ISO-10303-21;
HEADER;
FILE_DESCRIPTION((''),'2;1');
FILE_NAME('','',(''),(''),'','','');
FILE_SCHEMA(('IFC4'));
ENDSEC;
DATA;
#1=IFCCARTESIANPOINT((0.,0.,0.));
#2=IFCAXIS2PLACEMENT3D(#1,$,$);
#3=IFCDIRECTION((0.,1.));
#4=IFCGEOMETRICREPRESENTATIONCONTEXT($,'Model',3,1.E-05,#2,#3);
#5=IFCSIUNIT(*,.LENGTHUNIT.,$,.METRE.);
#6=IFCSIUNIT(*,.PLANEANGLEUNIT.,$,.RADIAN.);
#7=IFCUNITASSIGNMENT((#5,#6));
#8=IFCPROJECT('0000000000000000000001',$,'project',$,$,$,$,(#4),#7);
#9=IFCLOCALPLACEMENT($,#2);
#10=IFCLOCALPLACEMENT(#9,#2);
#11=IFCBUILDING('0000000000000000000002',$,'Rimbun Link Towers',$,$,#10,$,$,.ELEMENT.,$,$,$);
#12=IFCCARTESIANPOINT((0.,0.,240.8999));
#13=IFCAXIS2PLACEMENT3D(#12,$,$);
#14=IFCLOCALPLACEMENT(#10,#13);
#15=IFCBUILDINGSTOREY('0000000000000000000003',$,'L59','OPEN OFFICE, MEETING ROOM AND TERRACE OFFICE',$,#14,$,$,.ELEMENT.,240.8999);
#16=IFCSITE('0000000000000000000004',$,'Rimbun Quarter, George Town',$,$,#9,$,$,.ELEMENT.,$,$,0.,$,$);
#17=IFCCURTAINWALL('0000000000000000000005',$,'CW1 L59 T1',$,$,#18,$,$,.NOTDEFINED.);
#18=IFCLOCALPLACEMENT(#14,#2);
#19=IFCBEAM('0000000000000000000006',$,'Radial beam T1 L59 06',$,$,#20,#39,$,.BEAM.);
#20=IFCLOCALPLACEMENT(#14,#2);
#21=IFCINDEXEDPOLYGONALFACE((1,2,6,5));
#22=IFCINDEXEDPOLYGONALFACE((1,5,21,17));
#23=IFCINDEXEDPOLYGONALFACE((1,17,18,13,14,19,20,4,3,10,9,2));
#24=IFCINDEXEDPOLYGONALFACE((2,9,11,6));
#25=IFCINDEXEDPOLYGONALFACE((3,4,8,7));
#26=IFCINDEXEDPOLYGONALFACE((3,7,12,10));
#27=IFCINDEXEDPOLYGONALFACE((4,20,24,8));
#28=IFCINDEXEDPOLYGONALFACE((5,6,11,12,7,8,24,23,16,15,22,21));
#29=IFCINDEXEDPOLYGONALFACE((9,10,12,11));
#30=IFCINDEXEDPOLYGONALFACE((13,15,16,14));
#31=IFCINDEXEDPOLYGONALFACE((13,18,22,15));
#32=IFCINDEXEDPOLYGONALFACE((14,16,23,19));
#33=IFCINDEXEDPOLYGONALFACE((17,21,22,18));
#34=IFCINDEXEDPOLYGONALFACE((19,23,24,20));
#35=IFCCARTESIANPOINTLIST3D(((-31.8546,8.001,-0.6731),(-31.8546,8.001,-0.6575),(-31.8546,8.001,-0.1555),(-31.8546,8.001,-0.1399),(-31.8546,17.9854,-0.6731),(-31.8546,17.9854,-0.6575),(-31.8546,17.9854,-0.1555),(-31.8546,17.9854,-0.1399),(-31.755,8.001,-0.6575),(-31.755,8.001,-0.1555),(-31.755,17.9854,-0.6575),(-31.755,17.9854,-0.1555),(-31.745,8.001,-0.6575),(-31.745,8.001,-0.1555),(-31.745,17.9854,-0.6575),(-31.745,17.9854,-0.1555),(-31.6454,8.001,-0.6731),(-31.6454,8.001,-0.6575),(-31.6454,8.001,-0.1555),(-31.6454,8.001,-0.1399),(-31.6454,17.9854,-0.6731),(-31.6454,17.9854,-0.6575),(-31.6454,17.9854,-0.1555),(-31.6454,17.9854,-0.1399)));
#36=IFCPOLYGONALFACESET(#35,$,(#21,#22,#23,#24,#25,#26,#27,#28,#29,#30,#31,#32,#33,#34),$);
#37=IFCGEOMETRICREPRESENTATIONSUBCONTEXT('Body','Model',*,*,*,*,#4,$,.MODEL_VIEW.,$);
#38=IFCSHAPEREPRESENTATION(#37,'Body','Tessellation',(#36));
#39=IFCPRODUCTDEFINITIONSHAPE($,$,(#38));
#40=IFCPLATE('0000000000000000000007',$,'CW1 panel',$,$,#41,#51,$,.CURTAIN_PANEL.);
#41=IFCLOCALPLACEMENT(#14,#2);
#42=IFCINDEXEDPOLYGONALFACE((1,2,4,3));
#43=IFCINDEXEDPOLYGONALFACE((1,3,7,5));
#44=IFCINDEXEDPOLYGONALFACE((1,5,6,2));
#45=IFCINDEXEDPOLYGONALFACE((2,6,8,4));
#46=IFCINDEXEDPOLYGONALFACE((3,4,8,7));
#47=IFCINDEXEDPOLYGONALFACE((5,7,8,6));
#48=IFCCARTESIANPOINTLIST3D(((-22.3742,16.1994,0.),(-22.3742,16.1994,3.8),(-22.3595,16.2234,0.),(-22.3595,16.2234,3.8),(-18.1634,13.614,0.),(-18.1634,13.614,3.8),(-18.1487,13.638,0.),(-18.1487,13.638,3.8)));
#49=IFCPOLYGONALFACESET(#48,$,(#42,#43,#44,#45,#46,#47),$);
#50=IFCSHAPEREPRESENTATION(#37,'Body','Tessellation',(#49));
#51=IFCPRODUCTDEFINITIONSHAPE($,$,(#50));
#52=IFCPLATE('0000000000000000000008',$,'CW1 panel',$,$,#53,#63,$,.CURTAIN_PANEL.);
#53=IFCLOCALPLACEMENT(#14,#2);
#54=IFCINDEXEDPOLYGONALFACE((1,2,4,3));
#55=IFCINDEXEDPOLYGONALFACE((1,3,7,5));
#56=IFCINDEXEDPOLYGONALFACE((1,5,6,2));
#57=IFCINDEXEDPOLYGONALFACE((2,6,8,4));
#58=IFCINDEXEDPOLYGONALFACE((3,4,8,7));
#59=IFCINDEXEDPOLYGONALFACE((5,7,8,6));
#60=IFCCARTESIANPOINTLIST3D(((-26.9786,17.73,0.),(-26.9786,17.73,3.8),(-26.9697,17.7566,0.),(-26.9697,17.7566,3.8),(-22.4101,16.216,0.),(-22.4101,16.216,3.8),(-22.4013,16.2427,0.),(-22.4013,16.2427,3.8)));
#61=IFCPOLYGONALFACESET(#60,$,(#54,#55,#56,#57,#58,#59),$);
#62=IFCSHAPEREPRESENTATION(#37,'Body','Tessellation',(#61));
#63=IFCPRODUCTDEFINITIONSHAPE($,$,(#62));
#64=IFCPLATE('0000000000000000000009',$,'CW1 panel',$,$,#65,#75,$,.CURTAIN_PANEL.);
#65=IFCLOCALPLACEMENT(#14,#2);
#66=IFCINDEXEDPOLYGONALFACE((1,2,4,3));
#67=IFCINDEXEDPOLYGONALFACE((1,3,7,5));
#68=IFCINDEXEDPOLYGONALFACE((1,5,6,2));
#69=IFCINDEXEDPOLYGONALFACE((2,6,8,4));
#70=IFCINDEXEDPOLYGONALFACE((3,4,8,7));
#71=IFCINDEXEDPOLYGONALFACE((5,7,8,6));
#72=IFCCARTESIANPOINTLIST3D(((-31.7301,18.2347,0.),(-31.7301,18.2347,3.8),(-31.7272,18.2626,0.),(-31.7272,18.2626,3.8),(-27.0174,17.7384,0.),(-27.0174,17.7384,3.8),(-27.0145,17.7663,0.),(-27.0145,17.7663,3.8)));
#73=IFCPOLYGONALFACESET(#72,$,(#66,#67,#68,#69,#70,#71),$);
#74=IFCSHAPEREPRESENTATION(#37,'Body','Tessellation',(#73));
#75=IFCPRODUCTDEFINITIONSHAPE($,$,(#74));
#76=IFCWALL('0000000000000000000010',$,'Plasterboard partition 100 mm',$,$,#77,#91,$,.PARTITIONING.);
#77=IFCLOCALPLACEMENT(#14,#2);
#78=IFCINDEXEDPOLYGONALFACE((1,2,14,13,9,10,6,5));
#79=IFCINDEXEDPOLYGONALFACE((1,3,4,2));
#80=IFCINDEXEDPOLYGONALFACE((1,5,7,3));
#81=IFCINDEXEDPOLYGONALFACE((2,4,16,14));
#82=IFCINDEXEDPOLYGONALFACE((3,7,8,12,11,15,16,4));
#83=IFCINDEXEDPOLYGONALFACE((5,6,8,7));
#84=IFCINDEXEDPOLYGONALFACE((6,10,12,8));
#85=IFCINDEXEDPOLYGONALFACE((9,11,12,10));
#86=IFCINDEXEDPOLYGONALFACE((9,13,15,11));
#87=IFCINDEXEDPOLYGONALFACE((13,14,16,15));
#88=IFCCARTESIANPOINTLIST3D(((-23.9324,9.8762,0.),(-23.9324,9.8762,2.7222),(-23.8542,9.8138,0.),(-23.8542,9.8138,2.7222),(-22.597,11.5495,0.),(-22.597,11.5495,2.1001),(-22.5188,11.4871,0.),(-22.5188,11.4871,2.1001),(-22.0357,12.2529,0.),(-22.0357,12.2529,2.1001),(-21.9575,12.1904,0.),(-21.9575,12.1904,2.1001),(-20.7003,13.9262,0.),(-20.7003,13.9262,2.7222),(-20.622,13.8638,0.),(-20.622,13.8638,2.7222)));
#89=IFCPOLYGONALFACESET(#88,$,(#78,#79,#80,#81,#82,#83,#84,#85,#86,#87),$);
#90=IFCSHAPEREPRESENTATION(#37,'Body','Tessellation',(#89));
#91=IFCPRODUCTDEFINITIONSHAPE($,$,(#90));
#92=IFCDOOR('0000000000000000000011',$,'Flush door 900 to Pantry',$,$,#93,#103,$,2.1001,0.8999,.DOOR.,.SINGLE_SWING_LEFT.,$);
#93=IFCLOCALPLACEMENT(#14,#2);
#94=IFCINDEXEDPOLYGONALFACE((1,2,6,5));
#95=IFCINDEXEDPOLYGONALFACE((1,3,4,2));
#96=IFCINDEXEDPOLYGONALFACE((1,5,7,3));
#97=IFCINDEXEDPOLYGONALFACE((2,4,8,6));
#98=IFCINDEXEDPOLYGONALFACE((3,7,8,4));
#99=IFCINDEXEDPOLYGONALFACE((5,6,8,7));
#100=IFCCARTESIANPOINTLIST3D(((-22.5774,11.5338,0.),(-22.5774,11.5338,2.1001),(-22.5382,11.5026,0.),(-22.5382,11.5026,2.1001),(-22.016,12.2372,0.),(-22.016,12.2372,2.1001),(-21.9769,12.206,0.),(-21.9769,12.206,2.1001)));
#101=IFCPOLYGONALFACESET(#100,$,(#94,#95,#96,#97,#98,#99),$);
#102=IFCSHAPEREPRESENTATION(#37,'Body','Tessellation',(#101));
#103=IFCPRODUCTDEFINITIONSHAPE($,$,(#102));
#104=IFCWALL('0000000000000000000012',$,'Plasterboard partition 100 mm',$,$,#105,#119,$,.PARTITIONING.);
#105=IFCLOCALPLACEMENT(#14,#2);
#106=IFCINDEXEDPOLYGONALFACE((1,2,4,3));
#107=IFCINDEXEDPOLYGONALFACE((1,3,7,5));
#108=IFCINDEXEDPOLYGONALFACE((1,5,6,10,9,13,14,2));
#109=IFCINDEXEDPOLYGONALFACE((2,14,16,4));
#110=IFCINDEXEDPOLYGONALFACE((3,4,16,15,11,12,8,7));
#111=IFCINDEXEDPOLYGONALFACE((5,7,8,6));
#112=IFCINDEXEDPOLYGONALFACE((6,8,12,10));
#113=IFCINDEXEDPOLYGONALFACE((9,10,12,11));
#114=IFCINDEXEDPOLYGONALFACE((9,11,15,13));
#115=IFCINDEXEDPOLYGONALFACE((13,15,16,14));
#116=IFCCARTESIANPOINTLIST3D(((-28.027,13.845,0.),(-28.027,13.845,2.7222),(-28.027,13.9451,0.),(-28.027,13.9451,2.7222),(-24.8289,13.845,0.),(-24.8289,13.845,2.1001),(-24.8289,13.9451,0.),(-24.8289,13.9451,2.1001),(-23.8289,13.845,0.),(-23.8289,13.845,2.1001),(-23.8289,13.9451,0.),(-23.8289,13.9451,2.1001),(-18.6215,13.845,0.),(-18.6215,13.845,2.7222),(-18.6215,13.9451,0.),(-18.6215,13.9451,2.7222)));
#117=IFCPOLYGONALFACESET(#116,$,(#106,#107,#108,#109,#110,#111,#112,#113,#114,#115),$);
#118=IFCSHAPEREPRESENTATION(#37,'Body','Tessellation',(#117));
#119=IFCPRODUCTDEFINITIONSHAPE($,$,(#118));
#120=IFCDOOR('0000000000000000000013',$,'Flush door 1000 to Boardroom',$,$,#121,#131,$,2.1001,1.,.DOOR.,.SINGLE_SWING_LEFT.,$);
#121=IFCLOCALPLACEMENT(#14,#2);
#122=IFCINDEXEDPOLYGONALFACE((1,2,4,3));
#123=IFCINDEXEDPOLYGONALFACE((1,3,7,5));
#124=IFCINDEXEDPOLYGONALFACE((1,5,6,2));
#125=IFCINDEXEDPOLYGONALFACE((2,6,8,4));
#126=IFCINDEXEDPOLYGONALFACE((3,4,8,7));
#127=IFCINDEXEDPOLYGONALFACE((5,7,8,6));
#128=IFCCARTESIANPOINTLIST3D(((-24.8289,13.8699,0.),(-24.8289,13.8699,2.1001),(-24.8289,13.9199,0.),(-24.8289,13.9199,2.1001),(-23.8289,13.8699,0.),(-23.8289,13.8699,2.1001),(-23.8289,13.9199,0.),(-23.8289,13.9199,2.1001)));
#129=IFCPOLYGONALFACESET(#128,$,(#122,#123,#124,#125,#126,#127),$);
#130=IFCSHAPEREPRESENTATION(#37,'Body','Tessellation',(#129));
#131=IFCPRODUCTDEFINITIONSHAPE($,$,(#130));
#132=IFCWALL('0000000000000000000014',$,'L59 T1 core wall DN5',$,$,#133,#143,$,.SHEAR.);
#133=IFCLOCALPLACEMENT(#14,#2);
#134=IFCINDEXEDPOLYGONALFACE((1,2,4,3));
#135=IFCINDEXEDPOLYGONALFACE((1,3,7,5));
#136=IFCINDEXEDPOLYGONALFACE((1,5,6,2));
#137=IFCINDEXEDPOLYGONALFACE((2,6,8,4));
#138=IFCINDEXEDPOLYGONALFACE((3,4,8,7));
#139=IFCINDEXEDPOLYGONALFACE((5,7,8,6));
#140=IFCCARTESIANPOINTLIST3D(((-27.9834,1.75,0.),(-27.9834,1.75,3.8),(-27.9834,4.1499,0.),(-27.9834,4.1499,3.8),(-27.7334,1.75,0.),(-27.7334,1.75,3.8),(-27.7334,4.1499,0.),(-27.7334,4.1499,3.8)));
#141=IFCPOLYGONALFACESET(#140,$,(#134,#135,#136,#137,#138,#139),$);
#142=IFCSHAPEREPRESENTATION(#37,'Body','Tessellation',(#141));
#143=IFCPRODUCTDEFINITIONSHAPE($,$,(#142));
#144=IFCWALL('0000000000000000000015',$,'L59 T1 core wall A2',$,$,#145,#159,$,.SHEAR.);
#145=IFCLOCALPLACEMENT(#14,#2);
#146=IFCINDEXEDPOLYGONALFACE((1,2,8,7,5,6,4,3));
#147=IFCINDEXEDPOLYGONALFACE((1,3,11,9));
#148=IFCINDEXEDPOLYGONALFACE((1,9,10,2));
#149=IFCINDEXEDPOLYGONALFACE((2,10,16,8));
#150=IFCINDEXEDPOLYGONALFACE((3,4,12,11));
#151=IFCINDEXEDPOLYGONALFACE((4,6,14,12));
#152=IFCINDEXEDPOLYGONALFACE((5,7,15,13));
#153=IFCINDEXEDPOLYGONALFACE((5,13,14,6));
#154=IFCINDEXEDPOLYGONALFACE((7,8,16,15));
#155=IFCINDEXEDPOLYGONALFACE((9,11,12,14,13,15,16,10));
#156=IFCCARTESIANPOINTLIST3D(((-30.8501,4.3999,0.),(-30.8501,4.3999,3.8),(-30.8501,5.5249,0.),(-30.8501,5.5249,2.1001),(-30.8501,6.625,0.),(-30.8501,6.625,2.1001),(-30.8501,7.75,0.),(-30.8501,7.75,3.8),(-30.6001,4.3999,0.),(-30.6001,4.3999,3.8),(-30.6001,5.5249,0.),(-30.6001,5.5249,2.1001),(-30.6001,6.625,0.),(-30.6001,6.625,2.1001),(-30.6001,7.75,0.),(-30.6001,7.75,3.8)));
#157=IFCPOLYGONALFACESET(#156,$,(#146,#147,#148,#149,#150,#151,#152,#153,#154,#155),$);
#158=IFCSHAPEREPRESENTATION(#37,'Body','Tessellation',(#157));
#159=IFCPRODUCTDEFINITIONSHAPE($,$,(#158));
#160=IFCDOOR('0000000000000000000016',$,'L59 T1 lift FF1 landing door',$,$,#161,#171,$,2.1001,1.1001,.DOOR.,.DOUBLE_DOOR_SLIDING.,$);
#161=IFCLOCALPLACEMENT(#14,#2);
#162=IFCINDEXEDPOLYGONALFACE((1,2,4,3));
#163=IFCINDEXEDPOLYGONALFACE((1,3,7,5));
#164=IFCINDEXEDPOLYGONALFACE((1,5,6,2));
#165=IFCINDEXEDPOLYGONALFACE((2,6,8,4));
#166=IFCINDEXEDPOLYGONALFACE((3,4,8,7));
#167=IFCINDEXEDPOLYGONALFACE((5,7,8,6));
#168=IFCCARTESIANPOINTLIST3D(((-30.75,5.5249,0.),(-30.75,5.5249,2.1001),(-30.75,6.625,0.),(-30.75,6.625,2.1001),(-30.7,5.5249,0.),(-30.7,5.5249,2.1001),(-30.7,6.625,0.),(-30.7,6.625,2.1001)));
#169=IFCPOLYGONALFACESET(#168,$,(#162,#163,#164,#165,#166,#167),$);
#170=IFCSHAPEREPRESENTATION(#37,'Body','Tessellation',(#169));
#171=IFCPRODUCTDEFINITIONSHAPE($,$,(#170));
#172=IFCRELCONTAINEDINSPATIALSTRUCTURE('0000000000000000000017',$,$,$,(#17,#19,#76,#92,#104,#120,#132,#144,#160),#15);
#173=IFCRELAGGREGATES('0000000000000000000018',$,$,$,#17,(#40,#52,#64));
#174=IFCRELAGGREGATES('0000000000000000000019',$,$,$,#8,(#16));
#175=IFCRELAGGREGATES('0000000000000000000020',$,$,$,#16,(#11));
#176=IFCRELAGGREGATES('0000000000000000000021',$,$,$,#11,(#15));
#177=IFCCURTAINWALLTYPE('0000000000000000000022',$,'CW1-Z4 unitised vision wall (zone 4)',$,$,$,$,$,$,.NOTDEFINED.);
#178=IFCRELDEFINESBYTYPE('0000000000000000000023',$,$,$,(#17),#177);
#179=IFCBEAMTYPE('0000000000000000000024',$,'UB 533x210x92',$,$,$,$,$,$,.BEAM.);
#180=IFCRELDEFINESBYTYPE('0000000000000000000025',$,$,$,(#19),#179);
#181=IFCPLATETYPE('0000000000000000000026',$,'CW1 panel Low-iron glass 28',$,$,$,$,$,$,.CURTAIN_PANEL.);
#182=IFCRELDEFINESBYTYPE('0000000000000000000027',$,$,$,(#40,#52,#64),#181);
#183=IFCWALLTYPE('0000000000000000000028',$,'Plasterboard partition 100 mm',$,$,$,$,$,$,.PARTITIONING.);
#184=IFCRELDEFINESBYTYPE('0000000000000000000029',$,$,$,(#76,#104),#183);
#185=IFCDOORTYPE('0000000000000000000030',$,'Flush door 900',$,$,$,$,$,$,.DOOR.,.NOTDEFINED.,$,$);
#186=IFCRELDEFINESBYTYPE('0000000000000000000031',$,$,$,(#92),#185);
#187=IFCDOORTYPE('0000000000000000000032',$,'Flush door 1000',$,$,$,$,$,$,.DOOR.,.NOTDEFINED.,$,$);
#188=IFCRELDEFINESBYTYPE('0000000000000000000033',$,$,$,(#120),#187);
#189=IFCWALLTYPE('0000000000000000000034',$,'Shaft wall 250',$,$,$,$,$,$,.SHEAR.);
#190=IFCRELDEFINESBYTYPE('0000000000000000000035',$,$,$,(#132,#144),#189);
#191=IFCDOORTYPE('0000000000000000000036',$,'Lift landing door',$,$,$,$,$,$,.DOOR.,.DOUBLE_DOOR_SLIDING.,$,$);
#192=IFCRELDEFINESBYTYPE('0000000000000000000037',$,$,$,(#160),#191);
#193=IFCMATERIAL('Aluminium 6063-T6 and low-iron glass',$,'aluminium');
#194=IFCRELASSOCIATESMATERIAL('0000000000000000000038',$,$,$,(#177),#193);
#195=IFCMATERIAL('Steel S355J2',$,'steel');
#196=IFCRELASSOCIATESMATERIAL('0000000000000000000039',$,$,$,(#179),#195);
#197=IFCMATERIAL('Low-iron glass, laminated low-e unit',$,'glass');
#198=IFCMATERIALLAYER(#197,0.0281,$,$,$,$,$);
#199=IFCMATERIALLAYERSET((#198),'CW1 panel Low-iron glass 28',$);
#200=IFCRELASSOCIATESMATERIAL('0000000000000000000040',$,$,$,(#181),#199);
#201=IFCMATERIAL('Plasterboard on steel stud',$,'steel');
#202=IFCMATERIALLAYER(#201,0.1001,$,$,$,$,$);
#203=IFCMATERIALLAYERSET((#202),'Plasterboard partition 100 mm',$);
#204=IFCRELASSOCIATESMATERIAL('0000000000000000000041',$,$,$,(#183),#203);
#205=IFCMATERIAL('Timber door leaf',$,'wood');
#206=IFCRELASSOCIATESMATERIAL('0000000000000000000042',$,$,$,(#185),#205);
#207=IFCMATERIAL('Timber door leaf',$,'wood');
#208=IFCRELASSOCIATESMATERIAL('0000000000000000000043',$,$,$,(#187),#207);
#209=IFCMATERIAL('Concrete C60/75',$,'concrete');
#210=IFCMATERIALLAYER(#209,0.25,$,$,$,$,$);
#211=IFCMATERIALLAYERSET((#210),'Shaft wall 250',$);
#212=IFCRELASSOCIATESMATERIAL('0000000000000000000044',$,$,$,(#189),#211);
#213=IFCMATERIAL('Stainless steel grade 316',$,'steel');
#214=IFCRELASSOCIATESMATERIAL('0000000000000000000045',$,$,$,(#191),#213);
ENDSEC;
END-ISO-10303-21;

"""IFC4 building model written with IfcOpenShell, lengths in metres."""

from ifc_helpers import new_model, si_unit, direction, frame, frame_2d, origin, origin_2d, place, context, subcontext, project, spatial, rectangle, i_section, extrude, material, layer, layer_set, material_profile, profile_set, type_object, element, fill, aggregate, save


model = new_model("IFC4")

# Units and contexts
model_context = context("Model", 3, precision=1e-05, world=origin(), true_north=direction((0.0, 1.0)))
body_context = subcontext(model_context, "Body", "Model", "MODEL_VIEW")
ifc_project = project(units=[si_unit("LENGTHUNIT", "METRE"), si_unit("PLANEANGLEUNIT", "RADIAN")], contexts=[model_context])

# Site, building, storey
site_placement = place(None, origin())
site = spatial("IfcSite", under=ifc_project, at=site_placement, Name="Rimbun Quarter, George Town", CompositionType="ELEMENT", RefElevation=0.0)
building_placement = place(site_placement, origin())
building = spatial("IfcBuilding", under=site, at=building_placement, Name="Rimbun Link Towers", CompositionType="ELEMENT")
storey_placement = place(building_placement, frame((0.0, 0.0, 240.8999)))
storey = spatial("IfcBuildingStorey", under=building, at=storey_placement, Name="L59", Description="OPEN OFFICE, MEETING ROOM AND TERRACE OFFICE", CompositionType="ELEMENT", Elevation=240.8999)

# Curtain wall
ifc_material_1 = material(Name="Aluminium 6063-T6 and low-iron glass", Category="aluminium")
curtain_wall_type = type_object("IfcCurtainWallType", Name="CW1-Z4 unitised vision wall (zone 4)", PredefinedType="NOTDEFINED", material=ifc_material_1)
curtain_wall_placement = place(storey_placement, origin())
curtain_wall = element("IfcCurtainWall", 1, at=curtain_wall_placement, inside=storey, type_object=curtain_wall_type, Name="CW1 L59 T1", PredefinedType="NOTDEFINED")

# Beam
ifc_material_2 = material(Name="Steel S355J2", Category="steel")
ifc_material_profile_1 = material_profile(ifc_material_2, i_section(OverallWidth=0.2092, OverallDepth=0.5332, WebThickness=0.01, FlangeThickness=0.0156, at=origin_2d()), Name="UB 533x210x92")
ifc_profile_set_1 = profile_set([ifc_material_profile_1], Name="Steel S355J2")
beam_type_1 = type_object("IfcBeamType", Name="UB 533x210x92", PredefinedType="BEAM", material=ifc_profile_set_1)
beam_1_placement = place(storey_placement, frame((-31.75, 8.001, -0.4065), z_axis=(0.0, 1.0, 0.0), x_axis=(-1.0, 0.0, 0.0)))
element("IfcBeam", 2, at=beam_1_placement, inside=storey, type_object=beam_type_1, Name="Radial beam T1 L59 06", PredefinedType="BEAM", context=body_context, shape_type="SweptSolid", body=[
    extrude(i_section(OverallWidth=0.2092, OverallDepth=0.5332, WebThickness=0.01, FlangeThickness=0.0156, at=origin_2d()), origin(), (0.0, 0.0, 1.0), 9.9844),
])

# Plates
ifc_material_3 = material(Name="Low-iron glass, laminated low-e unit", Category="glass")
ifc_layer_1 = layer(ifc_material_3, 0.0281)
ifc_layer_set_1 = layer_set([ifc_layer_1], Name="CW1 panel Low-iron glass 28")
plate_type = type_object("IfcPlateType", Name="CW1 panel Low-iron glass 28", PredefinedType="CURTAIN_PANEL", material=ifc_layer_set_1)
plate_1_placement = place(storey_placement, frame((-20.2615, 14.9187, 0.0), z_axis=(0.0, 0.0, 1.0), x_axis=(0.852185, -0.52324, 0.0)))
plate_1 = element("IfcPlate", 3, at=plate_1_placement, type_object=plate_type, Name="CW1 panel", PredefinedType="CURTAIN_PANEL", context=body_context, shape_type="SweptSolid", body=[
    extrude(rectangle(XDim=4.9412, YDim=0.0281, at=origin_2d()), origin(), (0.0, 0.0, 1.0), 3.8),
])
plate_2_placement = place(storey_placement, frame((-24.6899, 16.9863, 0.0), z_axis=(0.0, 0.0, 1.0), x_axis=(0.949234, -0.31457, 0.0)))
plate_2 = element("IfcPlate", 4, at=plate_2_placement, type_object=plate_type, Name="CW1 panel", PredefinedType="CURTAIN_PANEL", context=body_context, shape_type="SweptSolid", body=[
    extrude(rectangle(XDim=4.8127, YDim=0.0281, at=origin_2d()), origin(), (0.0, 0.0, 1.0), 3.8),
])
plate_3_placement = place(storey_placement, frame((-29.3723, 18.0005, 0.0), z_axis=(0.0, 0.0, 1.0), x_axis=(0.9945, -0.104736, 0.0)))
plate_3 = element("IfcPlate", 5, at=plate_3_placement, type_object=plate_type, Name="CW1 panel", PredefinedType="CURTAIN_PANEL", context=body_context, shape_type="SweptSolid", body=[
    extrude(rectangle(XDim=4.7388, YDim=0.0281, at=origin_2d()), origin(), (0.0, 0.0, 1.0), 3.8),
])
aggregate(curtain_wall, [plate_1, plate_2, plate_3])

# Walls, openings, doors
ifc_material_4 = material(Name="Plasterboard on steel stud", Category="steel")
ifc_layer_2 = layer(ifc_material_4, 0.1001)
ifc_layer_set_2 = layer_set([ifc_layer_2], Name="Plasterboard partition 100 mm")
wall_type_1 = type_object("IfcWallType", Name="Plasterboard partition 100 mm", PredefinedType="PARTITIONING", material=ifc_layer_set_2)
wall_1_placement = place(storey_placement, frame((-23.8933, 9.845, 0.0), z_axis=(0.0, 0.0, 1.0), x_axis=(0.62377, 0.781608, 0.0)))
wall_1 = element("IfcWall", 6, at=wall_1_placement, inside=storey, type_object=wall_type_1, Name="Plasterboard partition 100 mm", PredefinedType="PARTITIONING", context=body_context, shape_type="SweptSolid", body=[
    extrude(rectangle(XDim=5.1816, YDim=0.1001, at=frame_2d((2.5908, 0.0))), origin(), (0.0, 0.0, 1.0), 2.7222),
])
opening_1_placement = place(wall_1_placement, frame((2.1409, 0.0, 0.0)))
opening_1 = element("IfcOpeningElement", 7, at=opening_1_placement, cuts=wall_1, PredefinedType="OPENING", context=body_context, shape_type="SweptSolid", body=[
    extrude(rectangle(XDim=0.8999, YDim=2.1001, at=frame_2d((0.45, 1.05))), frame((0.0, 0.0601, 0.0), z_axis=(0.0, -1.0, 0.0), x_axis=(1.0, 0.0, 0.0)), (0.0, 0.0, 1.0), 0.1201),
])
ifc_material_5 = material(Name="Timber door leaf", Category="wood")
door_type_1 = type_object("IfcDoorType", Name="Flush door 900", OperationType="NOTDEFINED", PredefinedType="DOOR", material=ifc_material_5)
door_1_placement = place(opening_1_placement, origin())
door_1 = element("IfcDoor", 8, at=door_1_placement, inside=storey, type_object=door_type_1, Name="Flush door 900 to Pantry", OperationType="SINGLE_SWING_LEFT", OverallHeight=2.1001, OverallWidth=0.8999, PredefinedType="DOOR", context=body_context, shape_type="SweptSolid", body=[
    extrude(rectangle(XDim=0.8999, YDim=2.1001, at=frame_2d((0.45, 1.05))), frame((0.0, 0.0249, 0.0), z_axis=(0.0, -1.0, 0.0), x_axis=(1.0, 0.0, 0.0)), (0.0, 0.0, 1.0), 0.05),
])
fill(opening_1, door_1)
wall_2_placement = place(storey_placement, frame((-28.0269, 13.895, 0.0), z_axis=(0.0, 0.0, 1.0), x_axis=(1.0, 0.0, 0.0)))
wall_2 = element("IfcWall", 9, at=wall_2_placement, inside=storey, type_object=wall_type_1, Name="Plasterboard partition 100 mm", PredefinedType="PARTITIONING", context=body_context, shape_type="SweptSolid", body=[
    extrude(rectangle(XDim=9.4055, YDim=0.1001, at=frame_2d((4.7026, 0.0))), origin(), (0.0, 0.0, 1.0), 2.7222),
])
opening_2_placement = place(wall_2_placement, frame((3.198, 0.0, 0.0)))
opening_2 = element("IfcOpeningElement", 10, at=opening_2_placement, cuts=wall_2, PredefinedType="OPENING", context=body_context, shape_type="SweptSolid", body=[
    extrude(rectangle(XDim=1.0, YDim=2.1001, at=frame_2d((0.5, 1.05))), frame((0.0, 0.0601, 0.0), z_axis=(0.0, -1.0, 0.0), x_axis=(1.0, 0.0, 0.0)), (0.0, 0.0, 1.0), 0.1201),
])
ifc_material_6 = material(Name="Timber door leaf", Category="wood")
door_type_2 = type_object("IfcDoorType", Name="Flush door 1000", OperationType="NOTDEFINED", PredefinedType="DOOR", material=ifc_material_6)
door_2_placement = place(opening_2_placement, origin())
door_2 = element("IfcDoor", 11, at=door_2_placement, inside=storey, type_object=door_type_2, Name="Flush door 1000 to Boardroom", OperationType="SINGLE_SWING_LEFT", OverallHeight=2.1001, OverallWidth=1.0, PredefinedType="DOOR", context=body_context, shape_type="SweptSolid", body=[
    extrude(rectangle(XDim=1.0, YDim=2.1001, at=frame_2d((0.5, 1.05))), frame((0.0, 0.0249, 0.0), z_axis=(0.0, -1.0, 0.0), x_axis=(1.0, 0.0, 0.0)), (0.0, 0.0, 1.0), 0.05),
])
fill(opening_2, door_2)

# Wall
ifc_material_7 = material(Name="Concrete C60/75", Category="concrete")
ifc_layer_3 = layer(ifc_material_7, 0.25)
ifc_layer_set_3 = layer_set([ifc_layer_3], Name="Shaft wall 250")
wall_type_2 = type_object("IfcWallType", Name="Shaft wall 250", PredefinedType="SHEAR", material=ifc_layer_set_3)
wall_3_placement = place(storey_placement, frame((-27.8584, 1.75, 0.0), z_axis=(0.0, 0.0, 1.0), x_axis=(0.0, 1.0, 0.0)))
element("IfcWall", 12, at=wall_3_placement, inside=storey, type_object=wall_type_2, Name="L59 T1 core wall DN5", PredefinedType="SHEAR", context=body_context, shape_type="SweptSolid", body=[
    extrude(rectangle(XDim=2.3999, YDim=0.25, at=frame_2d((1.2, 0.0))), origin(), (0.0, 0.0, 1.0), 3.8),
])

# Wall, opening, door
wall_4_placement = place(storey_placement, frame((-30.7251, 4.3999, 0.0), z_axis=(0.0, 0.0, 1.0), x_axis=(0.0, 1.0, 0.0)))
wall_4 = element("IfcWall", 13, at=wall_4_placement, inside=storey, type_object=wall_type_2, Name="L59 T1 core wall A2", PredefinedType="SHEAR", context=body_context, shape_type="SweptSolid", body=[
    extrude(rectangle(XDim=3.3501, YDim=0.25, at=frame_2d((1.675, 0.0))), origin(), (0.0, 0.0, 1.0), 3.8),
])
opening_3_placement = place(wall_4_placement, frame((1.125, 0.0, 0.0)))
opening_3 = element("IfcOpeningElement", 14, at=opening_3_placement, cuts=wall_4, PredefinedType="OPENING", context=body_context, shape_type="SweptSolid", body=[
    extrude(rectangle(XDim=1.1001, YDim=2.1001, at=frame_2d((0.55, 1.05))), frame((0.0, 0.135, 0.0), z_axis=(0.0, -1.0, 0.0), x_axis=(1.0, 0.0, 0.0)), (0.0, 0.0, 1.0), 0.27),
])
ifc_material_8 = material(Name="Stainless steel grade 316", Category="steel")
door_type_3 = type_object("IfcDoorType", Name="Lift landing door", OperationType="DOUBLE_DOOR_SLIDING", PredefinedType="DOOR", material=ifc_material_8)
door_3_placement = place(opening_3_placement, origin())
door_3 = element("IfcDoor", 15, at=door_3_placement, inside=storey, type_object=door_type_3, Name="L59 T1 lift FF1 landing door", OperationType="DOUBLE_DOOR_SLIDING", OverallHeight=2.1001, OverallWidth=1.1001, PredefinedType="DOOR", context=body_context, shape_type="SweptSolid", body=[
    extrude(rectangle(XDim=1.1001, YDim=2.1001, at=frame_2d((0.55, 1.05))), frame((0.0, 0.0249, 0.0), z_axis=(0.0, -1.0, 0.0), x_axis=(1.0, 0.0, 0.0)), (0.0, 0.0, 1.0), 0.05),
])
fill(opening_3, door_3)

save(model, "model.ifc")
